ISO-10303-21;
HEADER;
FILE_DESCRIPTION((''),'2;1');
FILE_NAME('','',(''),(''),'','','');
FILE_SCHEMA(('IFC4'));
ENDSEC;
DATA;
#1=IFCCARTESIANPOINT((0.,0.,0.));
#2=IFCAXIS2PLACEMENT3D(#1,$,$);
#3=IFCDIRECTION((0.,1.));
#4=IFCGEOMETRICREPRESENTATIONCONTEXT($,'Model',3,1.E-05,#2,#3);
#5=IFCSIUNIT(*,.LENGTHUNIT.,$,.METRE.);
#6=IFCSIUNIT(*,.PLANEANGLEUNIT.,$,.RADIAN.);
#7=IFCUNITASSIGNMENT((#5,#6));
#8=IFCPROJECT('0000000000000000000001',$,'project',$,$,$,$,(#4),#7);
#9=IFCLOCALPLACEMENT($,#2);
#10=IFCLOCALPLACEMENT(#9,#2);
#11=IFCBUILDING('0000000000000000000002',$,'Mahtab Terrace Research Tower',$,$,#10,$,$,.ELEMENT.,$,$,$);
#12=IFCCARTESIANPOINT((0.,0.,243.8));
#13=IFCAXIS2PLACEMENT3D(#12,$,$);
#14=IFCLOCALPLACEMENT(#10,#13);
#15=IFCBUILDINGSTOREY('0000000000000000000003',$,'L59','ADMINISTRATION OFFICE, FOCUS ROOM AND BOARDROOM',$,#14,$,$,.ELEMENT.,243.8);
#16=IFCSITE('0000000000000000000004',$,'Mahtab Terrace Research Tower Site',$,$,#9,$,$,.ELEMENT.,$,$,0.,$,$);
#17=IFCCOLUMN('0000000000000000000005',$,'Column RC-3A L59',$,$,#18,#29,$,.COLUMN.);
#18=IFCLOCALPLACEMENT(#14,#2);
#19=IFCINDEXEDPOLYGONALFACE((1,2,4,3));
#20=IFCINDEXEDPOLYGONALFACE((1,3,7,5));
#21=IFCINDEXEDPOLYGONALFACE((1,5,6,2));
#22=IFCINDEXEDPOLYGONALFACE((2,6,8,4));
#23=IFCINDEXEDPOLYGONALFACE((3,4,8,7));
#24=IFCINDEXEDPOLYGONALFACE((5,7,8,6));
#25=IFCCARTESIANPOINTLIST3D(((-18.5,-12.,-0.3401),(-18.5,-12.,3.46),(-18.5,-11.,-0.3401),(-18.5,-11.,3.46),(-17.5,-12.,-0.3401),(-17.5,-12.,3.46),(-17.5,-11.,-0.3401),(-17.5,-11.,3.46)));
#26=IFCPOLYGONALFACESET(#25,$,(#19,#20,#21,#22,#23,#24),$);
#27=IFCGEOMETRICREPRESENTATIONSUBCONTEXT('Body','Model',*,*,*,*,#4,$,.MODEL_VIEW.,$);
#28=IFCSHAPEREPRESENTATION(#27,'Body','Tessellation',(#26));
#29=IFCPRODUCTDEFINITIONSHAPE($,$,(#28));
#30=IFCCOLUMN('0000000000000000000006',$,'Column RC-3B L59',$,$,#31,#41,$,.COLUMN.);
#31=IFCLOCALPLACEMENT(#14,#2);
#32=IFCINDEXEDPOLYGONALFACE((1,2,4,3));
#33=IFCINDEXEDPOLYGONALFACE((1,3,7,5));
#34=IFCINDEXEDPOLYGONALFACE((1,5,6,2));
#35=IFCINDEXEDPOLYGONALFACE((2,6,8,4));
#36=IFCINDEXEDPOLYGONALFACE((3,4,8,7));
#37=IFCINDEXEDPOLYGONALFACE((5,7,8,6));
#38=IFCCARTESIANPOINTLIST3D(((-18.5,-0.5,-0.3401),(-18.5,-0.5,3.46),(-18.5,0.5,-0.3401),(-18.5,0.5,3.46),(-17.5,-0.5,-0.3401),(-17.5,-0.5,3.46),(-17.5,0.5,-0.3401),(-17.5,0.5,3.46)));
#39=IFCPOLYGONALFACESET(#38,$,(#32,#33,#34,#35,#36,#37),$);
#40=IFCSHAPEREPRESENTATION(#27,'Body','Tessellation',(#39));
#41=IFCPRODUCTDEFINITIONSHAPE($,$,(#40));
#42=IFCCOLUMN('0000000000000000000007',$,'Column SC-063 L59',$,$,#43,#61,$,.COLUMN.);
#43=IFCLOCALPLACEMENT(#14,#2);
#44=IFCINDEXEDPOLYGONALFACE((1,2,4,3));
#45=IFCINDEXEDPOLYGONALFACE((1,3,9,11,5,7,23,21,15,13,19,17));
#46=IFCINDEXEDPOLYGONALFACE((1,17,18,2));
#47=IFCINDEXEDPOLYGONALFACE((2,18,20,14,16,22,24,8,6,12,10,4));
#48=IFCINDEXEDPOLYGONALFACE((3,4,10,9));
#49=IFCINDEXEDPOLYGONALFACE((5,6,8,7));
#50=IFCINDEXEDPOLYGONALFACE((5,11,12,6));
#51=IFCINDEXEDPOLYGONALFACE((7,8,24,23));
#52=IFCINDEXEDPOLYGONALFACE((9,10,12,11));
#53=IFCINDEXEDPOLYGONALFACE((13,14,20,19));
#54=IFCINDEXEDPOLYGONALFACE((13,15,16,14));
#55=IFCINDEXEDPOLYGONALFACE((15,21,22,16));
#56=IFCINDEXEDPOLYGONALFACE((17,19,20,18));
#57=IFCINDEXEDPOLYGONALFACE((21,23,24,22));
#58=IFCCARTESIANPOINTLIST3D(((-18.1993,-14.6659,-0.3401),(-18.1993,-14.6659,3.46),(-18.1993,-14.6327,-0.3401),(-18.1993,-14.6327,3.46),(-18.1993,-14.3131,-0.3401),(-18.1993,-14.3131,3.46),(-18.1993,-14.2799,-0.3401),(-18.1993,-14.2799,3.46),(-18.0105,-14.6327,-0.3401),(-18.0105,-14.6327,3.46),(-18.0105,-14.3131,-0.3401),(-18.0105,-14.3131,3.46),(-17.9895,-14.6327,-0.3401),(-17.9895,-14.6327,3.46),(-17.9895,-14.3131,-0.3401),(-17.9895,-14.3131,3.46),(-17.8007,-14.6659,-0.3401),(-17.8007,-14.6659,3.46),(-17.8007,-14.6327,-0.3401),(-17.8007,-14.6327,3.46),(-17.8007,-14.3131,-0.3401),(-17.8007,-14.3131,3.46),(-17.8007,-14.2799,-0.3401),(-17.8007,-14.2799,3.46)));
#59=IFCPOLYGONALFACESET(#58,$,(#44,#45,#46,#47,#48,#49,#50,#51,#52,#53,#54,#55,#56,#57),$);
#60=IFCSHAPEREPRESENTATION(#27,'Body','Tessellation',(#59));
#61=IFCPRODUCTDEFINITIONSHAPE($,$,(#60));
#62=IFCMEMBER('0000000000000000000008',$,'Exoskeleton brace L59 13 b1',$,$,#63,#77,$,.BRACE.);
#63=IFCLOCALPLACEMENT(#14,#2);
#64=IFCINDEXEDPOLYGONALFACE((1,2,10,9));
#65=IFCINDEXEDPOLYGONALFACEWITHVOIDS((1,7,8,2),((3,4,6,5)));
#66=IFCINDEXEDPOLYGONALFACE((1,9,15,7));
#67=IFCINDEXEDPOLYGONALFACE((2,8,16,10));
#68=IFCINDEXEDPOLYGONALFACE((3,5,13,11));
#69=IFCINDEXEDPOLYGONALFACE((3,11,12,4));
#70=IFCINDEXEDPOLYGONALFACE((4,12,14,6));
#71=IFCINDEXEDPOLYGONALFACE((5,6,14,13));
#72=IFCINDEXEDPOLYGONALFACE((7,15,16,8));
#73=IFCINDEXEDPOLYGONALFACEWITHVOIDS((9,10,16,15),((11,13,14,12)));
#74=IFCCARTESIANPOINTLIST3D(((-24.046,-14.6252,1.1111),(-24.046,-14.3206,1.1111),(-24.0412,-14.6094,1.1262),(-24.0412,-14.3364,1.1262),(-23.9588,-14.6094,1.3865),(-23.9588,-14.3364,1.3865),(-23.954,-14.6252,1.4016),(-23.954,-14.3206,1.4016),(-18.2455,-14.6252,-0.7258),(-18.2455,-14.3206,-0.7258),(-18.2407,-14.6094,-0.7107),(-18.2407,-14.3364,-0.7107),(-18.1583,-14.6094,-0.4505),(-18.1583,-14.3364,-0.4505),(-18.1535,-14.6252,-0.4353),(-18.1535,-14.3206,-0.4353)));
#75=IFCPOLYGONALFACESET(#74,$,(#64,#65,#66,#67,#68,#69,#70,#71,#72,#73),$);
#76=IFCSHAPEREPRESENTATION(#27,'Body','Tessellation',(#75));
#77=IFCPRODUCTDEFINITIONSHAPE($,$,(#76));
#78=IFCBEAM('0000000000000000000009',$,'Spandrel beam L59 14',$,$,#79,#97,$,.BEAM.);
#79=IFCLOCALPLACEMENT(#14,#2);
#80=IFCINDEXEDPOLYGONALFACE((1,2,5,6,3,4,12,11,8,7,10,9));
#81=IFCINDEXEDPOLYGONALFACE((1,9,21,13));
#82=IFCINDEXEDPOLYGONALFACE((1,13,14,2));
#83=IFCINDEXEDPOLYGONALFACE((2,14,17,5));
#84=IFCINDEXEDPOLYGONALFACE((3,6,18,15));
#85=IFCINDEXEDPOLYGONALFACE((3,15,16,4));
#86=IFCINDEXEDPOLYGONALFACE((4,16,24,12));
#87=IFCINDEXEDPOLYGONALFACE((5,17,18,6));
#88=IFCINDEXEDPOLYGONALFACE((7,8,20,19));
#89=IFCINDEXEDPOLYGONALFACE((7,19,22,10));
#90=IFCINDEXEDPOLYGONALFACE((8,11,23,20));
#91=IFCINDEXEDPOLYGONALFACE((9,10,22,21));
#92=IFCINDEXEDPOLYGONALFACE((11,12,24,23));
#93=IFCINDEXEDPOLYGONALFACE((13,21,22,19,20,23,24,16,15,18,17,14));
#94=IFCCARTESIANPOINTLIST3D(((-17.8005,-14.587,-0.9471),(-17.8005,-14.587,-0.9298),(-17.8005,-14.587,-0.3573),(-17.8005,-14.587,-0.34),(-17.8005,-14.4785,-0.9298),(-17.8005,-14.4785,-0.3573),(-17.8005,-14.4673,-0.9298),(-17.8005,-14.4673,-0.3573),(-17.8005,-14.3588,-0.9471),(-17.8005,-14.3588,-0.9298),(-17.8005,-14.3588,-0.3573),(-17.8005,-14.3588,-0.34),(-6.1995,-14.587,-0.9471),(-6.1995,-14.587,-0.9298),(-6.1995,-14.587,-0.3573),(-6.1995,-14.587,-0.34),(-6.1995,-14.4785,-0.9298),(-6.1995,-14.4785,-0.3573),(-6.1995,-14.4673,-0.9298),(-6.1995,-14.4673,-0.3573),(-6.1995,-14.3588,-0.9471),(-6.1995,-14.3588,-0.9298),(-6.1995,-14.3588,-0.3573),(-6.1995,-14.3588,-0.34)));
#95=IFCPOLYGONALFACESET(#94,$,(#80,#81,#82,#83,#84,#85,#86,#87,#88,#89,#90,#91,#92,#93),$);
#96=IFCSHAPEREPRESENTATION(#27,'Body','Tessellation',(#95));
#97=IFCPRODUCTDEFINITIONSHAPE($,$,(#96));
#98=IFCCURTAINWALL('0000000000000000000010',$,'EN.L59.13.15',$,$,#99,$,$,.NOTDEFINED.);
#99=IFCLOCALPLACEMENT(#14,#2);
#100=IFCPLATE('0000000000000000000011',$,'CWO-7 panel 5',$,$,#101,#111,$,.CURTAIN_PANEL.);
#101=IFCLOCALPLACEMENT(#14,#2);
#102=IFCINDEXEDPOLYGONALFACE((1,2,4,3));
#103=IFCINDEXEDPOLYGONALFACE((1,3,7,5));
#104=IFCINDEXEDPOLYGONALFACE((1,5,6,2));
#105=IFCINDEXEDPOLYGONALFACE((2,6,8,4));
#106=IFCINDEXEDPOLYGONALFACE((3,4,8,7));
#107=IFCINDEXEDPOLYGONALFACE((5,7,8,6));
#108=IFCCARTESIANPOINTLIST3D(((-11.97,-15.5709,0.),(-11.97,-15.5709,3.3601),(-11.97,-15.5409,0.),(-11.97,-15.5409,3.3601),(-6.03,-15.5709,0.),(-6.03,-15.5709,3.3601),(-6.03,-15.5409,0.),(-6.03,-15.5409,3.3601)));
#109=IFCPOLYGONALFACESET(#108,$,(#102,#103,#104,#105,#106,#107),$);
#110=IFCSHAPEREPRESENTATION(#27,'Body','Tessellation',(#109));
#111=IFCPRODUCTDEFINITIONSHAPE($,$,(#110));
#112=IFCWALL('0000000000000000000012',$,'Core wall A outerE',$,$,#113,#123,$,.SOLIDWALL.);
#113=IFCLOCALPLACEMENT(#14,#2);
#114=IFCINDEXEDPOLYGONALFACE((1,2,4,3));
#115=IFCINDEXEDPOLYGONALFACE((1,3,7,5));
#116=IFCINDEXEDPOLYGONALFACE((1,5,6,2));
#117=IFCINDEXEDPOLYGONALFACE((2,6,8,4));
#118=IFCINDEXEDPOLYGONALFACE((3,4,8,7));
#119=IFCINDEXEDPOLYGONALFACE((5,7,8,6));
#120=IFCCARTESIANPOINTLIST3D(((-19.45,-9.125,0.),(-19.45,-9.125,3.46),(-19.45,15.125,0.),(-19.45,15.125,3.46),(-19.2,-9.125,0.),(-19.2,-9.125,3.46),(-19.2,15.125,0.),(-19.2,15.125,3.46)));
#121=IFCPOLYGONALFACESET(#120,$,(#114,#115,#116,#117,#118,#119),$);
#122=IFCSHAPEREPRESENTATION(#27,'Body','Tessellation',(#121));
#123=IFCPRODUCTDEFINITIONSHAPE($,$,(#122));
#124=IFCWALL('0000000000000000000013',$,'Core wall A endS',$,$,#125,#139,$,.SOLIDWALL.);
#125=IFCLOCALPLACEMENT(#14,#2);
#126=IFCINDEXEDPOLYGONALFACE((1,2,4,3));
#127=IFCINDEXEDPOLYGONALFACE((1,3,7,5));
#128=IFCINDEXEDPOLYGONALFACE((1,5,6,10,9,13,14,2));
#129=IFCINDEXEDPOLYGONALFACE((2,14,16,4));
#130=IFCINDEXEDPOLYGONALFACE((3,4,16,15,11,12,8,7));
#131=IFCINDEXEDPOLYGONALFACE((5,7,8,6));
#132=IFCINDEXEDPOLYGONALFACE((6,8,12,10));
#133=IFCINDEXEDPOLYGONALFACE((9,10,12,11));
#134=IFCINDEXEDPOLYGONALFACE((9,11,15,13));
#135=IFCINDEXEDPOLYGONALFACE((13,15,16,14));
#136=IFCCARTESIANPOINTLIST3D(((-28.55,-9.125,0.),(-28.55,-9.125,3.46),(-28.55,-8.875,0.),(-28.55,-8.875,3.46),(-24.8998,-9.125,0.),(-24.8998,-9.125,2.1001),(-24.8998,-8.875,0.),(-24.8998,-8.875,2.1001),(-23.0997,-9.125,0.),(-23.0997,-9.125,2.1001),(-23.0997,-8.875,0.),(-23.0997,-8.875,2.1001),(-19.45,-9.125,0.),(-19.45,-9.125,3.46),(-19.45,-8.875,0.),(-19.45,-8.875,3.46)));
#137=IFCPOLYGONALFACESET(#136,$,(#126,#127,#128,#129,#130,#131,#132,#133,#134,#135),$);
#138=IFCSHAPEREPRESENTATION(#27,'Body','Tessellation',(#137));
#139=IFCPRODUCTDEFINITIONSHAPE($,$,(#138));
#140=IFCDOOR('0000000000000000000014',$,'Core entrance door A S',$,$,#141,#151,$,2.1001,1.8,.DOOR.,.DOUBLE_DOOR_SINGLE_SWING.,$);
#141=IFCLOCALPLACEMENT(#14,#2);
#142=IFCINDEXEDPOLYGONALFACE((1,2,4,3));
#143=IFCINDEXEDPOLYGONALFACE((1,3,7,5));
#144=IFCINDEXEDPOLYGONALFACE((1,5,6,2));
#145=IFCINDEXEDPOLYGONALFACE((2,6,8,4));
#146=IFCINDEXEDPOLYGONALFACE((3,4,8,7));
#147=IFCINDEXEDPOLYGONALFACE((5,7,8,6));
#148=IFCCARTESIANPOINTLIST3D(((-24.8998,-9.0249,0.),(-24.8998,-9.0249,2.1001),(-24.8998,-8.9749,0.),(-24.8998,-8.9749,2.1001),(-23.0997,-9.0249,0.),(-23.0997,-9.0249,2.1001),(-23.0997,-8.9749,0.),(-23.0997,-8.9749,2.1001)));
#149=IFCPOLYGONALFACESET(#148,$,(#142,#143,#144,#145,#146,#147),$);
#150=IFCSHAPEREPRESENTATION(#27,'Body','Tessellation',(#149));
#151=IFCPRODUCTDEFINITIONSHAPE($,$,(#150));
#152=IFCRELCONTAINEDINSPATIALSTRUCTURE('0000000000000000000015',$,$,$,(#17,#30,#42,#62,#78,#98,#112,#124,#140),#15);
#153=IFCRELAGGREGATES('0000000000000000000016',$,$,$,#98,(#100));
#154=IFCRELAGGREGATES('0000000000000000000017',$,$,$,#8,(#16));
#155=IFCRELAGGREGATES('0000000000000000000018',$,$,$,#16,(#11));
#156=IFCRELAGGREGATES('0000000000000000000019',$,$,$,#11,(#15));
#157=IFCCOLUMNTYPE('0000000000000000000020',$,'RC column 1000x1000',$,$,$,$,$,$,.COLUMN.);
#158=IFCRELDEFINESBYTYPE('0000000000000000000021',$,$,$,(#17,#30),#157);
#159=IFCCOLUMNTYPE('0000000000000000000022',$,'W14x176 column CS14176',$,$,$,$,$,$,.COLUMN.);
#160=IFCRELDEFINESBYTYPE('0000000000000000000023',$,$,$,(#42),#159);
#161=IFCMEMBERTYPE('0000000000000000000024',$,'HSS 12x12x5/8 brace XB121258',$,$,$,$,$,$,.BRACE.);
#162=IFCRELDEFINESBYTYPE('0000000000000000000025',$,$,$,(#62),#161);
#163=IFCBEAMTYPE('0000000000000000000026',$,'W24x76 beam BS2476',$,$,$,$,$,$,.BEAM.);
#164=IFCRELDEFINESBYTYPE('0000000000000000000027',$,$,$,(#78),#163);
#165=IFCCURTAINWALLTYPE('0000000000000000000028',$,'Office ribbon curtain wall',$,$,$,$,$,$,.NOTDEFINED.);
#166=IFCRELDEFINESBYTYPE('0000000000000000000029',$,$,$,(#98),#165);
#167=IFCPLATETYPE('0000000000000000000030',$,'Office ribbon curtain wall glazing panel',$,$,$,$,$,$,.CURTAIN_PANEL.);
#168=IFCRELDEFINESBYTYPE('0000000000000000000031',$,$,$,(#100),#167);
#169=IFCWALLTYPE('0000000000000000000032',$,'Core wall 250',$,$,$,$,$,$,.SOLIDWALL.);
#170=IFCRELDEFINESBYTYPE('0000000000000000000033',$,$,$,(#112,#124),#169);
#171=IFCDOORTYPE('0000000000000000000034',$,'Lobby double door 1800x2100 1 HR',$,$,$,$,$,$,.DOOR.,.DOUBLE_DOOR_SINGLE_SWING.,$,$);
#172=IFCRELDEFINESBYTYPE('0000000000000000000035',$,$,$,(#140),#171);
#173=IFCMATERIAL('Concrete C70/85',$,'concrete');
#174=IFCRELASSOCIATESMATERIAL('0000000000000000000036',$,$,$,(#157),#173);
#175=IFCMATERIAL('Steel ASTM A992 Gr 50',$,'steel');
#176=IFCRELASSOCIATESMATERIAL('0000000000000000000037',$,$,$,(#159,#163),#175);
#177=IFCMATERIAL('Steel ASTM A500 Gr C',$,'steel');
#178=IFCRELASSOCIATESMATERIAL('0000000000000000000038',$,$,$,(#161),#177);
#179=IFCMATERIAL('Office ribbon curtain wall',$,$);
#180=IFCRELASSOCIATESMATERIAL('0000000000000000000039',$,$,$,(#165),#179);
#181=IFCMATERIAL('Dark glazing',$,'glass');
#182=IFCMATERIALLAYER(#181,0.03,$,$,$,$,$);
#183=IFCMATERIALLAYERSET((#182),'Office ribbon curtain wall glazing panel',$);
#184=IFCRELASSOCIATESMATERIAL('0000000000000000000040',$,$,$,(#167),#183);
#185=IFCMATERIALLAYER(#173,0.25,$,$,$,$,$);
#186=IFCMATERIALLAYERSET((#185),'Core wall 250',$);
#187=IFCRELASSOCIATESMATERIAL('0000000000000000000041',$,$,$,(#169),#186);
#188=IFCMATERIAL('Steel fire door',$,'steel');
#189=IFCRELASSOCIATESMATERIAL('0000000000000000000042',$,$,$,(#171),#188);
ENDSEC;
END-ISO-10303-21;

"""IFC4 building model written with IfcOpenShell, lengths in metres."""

from ifc_helpers import new_model, si_unit, direction, frame, frame_2d, origin, origin_2d, place, context, subcontext, project, spatial, rectangle, hollow_rectangle, i_section, extrude, material, layer, layer_set, material_profile, profile_set, type_object, element, fill, aggregate, save


model = new_model("IFC4")

# Units and contexts
model_context = context("Model", 3, precision=1e-05, world=origin(), true_north=direction((0.0, 1.0)))
body_context = subcontext(model_context, "Body", "Model", "MODEL_VIEW")
ifc_project = project(units=[si_unit("LENGTHUNIT", "METRE"), si_unit("PLANEANGLEUNIT", "RADIAN")], contexts=[model_context])

# Site, building, storey
site_placement = place(None, origin())
site = spatial("IfcSite", under=ifc_project, at=site_placement, Name="Mahtab Terrace Research Tower Site", CompositionType="ELEMENT", RefElevation=0.0)
building_placement = place(site_placement, origin())
building = spatial("IfcBuilding", under=site, at=building_placement, Name="Mahtab Terrace Research Tower", CompositionType="ELEMENT")
storey_placement = place(building_placement, frame((0.0, 0.0, 243.8)))
storey = spatial("IfcBuildingStorey", under=building, at=storey_placement, Name="L59", Description="ADMINISTRATION OFFICE, FOCUS ROOM AND BOARDROOM", CompositionType="ELEMENT", Elevation=243.8)

# Columns
ifc_material_1 = material(Name="Concrete C70/85", Category="concrete")
ifc_material_profile_1 = material_profile(ifc_material_1, rectangle(XDim=1.0, YDim=1.0, at=origin_2d()), Name="RC column 1000x1000")
ifc_profile_set_1 = profile_set([ifc_material_profile_1], Name="Concrete C70/85")
column_type_1 = type_object("IfcColumnType", Name="RC column 1000x1000", PredefinedType="COLUMN", material=ifc_profile_set_1)
for number, where, z_axis, x_axis, name in (
    (1, (-18.0, -11.5, -0.3401), (0.0, 0.0, 1.0), (1.0, 0.0, 0.0), "Column RC-3A L59"),
    (2, (-18.0, 0.0, -0.3401), (0.0, 0.0, 1.0), (1.0, 0.0, 0.0), "Column RC-3B L59"),
):
    element("IfcColumn", number, at=place(storey_placement, frame(where, z_axis=z_axis, x_axis=x_axis)), inside=storey, type_object=column_type_1, Name=name, PredefinedType="COLUMN", context=body_context, shape_type="SweptSolid", body=[
        extrude(rectangle(XDim=1.0, YDim=1.0, at=origin_2d()), origin(), (0.0, 0.0, 1.0), 3.8),
    ])
ifc_material_2 = material(Name="Steel ASTM A992 Gr 50", Category="steel")
ifc_material_profile_2 = material_profile(ifc_material_2, i_section(OverallWidth=0.3987, OverallDepth=0.386, WebThickness=0.021, FlangeThickness=0.0332, at=origin_2d()), Name="W14X176")
ifc_profile_set_2 = profile_set([ifc_material_profile_2], Name="Steel ASTM A992 Gr 50")
column_type_2 = type_object("IfcColumnType", Name="W14x176 column CS14176", PredefinedType="COLUMN", material=ifc_profile_set_2)
column_placement = place(storey_placement, frame((-18.0, -14.4729, -0.3401), z_axis=(0.0, 0.0, 1.0), x_axis=(1.0, 0.0, 0.0)))
element("IfcColumn", 3, at=column_placement, inside=storey, type_object=column_type_2, Name="Column SC-063 L59", PredefinedType="COLUMN", context=body_context, shape_type="SweptSolid", body=[
    extrude(i_section(OverallWidth=0.3987, OverallDepth=0.386, WebThickness=0.021, FlangeThickness=0.0332, at=origin_2d()), origin(), (0.0, 0.0, 1.0), 3.8),
])

# Member
ifc_material_3 = material(Name="Steel ASTM A500 Gr C", Category="steel")
ifc_material_profile_3 = material_profile(ifc_material_3, hollow_rectangle(XDim=0.3047, YDim=0.3047, WallThickness=0.0159, at=origin_2d()), Name="HSS12X12X5/8")
ifc_profile_set_3 = profile_set([ifc_material_profile_3], Name="Steel ASTM A500 Gr C")
member_type = type_object("IfcMemberType", Name="HSS 12x12x5/8 brace XB121258", PredefinedType="BRACE", material=ifc_profile_set_3)
member_placement = place(storey_placement, frame((-18.1995, -14.4729, -0.5806), z_axis=(-0.953339, 0.0, 0.301903), x_axis=(0.0, -1.0, 0.0)))
element("IfcMember", 4, at=member_placement, inside=storey, type_object=member_type, Name="Exoskeleton brace L59 13 b1", PredefinedType="BRACE", context=body_context, shape_type="SweptSolid", body=[
    extrude(hollow_rectangle(XDim=0.3047, YDim=0.3047, WallThickness=0.0159, at=origin_2d()), origin(), (0.0, 0.0, 1.0), 6.0845),
])

# Beam
ifc_material_profile_4 = material_profile(ifc_material_2, i_section(OverallWidth=0.2283, OverallDepth=0.6072, WebThickness=0.0112, FlangeThickness=0.0173, at=origin_2d()), Name="W24X76")
ifc_profile_set_4 = profile_set([ifc_material_profile_4], Name="Steel ASTM A992 Gr 50")
beam_type = type_object("IfcBeamType", Name="W24x76 beam BS2476", PredefinedType="BEAM", material=ifc_profile_set_4)
beam_placement = place(storey_placement, frame((-17.8005, -14.4729, -0.6436), z_axis=(1.0, 0.0, 0.0), x_axis=(0.0, 1.0, 0.0)))
element("IfcBeam", 5, at=beam_placement, inside=storey, type_object=beam_type, Name="Spandrel beam L59 14", PredefinedType="BEAM", context=body_context, shape_type="SweptSolid", body=[
    extrude(i_section(OverallWidth=0.2283, OverallDepth=0.6072, WebThickness=0.0112, FlangeThickness=0.0173, at=origin_2d()), origin(), (0.0, 0.0, 1.0), 11.6011),
])

# Curtain wall, plate
ifc_material_4 = material(Name="Office ribbon curtain wall")
curtain_wall_type = type_object("IfcCurtainWallType", Name="Office ribbon curtain wall", PredefinedType="NOTDEFINED", material=ifc_material_4)
curtain_wall_placement = place(storey_placement, origin())
curtain_wall = element("IfcCurtainWall", 6, at=curtain_wall_placement, inside=storey, type_object=curtain_wall_type, Name="EN.L59.13.15", PredefinedType="NOTDEFINED")
ifc_material_5 = material(Name="Dark glazing", Category="glass")
ifc_layer_1 = layer(ifc_material_5, 0.03)
ifc_layer_set_1 = layer_set([ifc_layer_1], Name="Office ribbon curtain wall glazing panel")
plate_type = type_object("IfcPlateType", Name="Office ribbon curtain wall glazing panel", PredefinedType="CURTAIN_PANEL", material=ifc_layer_set_1)
plate_placement = place(storey_placement, frame((-9.0, -15.5559, 0.0), z_axis=(0.0, 0.0, 1.0), x_axis=(1.0, 0.0, 0.0)))
plate = element("IfcPlate", 7, at=plate_placement, type_object=plate_type, Name="CWO-7 panel 5", PredefinedType="CURTAIN_PANEL", context=body_context, shape_type="SweptSolid", body=[
    extrude(rectangle(XDim=5.9399, YDim=0.03, at=origin_2d()), origin(), (0.0, 0.0, 1.0), 3.3601),
])
aggregate(curtain_wall, [plate])

# Wall
ifc_layer_2 = layer(ifc_material_1, 0.25)
ifc_layer_set_2 = layer_set([ifc_layer_2], Name="Core wall 250")
wall_type_1 = type_object("IfcWallType", Name="Core wall 250", PredefinedType="SOLIDWALL", material=ifc_layer_set_2)
wall_1_placement = place(storey_placement, frame((-19.325, -9.125, 0.0), z_axis=(0.0, 0.0, 1.0), x_axis=(0.0, 1.0, 0.0)))
element("IfcWall", 8, at=wall_1_placement, inside=storey, type_object=wall_type_1, Name="Core wall A outerE", PredefinedType="SOLIDWALL", context=body_context, shape_type="SweptSolid", body=[
    extrude(rectangle(XDim=24.25, YDim=0.25, at=frame_2d((12.125, 0.0))), origin(), (0.0, 0.0, 1.0), 3.46),
])

# Wall, opening, door
wall_2_placement = place(storey_placement, frame((-19.45, -9.0, 0.0), z_axis=(0.0, 0.0, 1.0), x_axis=(-1.0, 0.0, 0.0)))
wall_2 = element("IfcWall", 9, at=wall_2_placement, inside=storey, type_object=wall_type_1, Name="Core wall A endS", PredefinedType="SOLIDWALL", context=body_context, shape_type="SweptSolid", body=[
    extrude(rectangle(XDim=9.1001, YDim=0.25, at=frame_2d((4.55, 0.0))), origin(), (0.0, 0.0, 1.0), 3.46),
])
opening_1_placement = place(wall_2_placement, frame((3.6499, 0.0, 0.0)))
opening_1 = element("IfcOpeningElement", 10, at=opening_1_placement, cuts=wall_2, PredefinedType="OPENING", context=body_context, shape_type="SweptSolid", body=[
    extrude(rectangle(XDim=1.8, YDim=2.1001, at=frame_2d((0.8999, 1.05))), frame((0.0, 0.135, 0.0), z_axis=(0.0, -1.0, 0.0), x_axis=(1.0, 0.0, 0.0)), (0.0, 0.0, 1.0), 0.27),
])
ifc_material_6 = material(Name="Steel fire door", Category="steel")
door_type_1 = type_object("IfcDoorType", Name="Lobby double door 1800x2100 1 HR", OperationType="DOUBLE_DOOR_SINGLE_SWING", PredefinedType="DOOR", material=ifc_material_6)
door_1_placement = place(opening_1_placement, origin())
door_1 = element("IfcDoor", 11, at=door_1_placement, inside=storey, type_object=door_type_1, Name="Core entrance door A S", OperationType="DOUBLE_DOOR_SINGLE_SWING", OverallHeight=2.1001, OverallWidth=1.8, PredefinedType="DOOR", context=body_context, shape_type="SweptSolid", body=[
    extrude(rectangle(XDim=1.8, YDim=2.1001, at=frame_2d((0.8999, 1.05))), frame((0.0, 0.0249, 0.0), z_axis=(0.0, -1.0, 0.0), x_axis=(1.0, 0.0, 0.0)), (0.0, 0.0, 1.0), 0.05),
])
fill(opening_1, door_1)

save(model, "model.ifc")
